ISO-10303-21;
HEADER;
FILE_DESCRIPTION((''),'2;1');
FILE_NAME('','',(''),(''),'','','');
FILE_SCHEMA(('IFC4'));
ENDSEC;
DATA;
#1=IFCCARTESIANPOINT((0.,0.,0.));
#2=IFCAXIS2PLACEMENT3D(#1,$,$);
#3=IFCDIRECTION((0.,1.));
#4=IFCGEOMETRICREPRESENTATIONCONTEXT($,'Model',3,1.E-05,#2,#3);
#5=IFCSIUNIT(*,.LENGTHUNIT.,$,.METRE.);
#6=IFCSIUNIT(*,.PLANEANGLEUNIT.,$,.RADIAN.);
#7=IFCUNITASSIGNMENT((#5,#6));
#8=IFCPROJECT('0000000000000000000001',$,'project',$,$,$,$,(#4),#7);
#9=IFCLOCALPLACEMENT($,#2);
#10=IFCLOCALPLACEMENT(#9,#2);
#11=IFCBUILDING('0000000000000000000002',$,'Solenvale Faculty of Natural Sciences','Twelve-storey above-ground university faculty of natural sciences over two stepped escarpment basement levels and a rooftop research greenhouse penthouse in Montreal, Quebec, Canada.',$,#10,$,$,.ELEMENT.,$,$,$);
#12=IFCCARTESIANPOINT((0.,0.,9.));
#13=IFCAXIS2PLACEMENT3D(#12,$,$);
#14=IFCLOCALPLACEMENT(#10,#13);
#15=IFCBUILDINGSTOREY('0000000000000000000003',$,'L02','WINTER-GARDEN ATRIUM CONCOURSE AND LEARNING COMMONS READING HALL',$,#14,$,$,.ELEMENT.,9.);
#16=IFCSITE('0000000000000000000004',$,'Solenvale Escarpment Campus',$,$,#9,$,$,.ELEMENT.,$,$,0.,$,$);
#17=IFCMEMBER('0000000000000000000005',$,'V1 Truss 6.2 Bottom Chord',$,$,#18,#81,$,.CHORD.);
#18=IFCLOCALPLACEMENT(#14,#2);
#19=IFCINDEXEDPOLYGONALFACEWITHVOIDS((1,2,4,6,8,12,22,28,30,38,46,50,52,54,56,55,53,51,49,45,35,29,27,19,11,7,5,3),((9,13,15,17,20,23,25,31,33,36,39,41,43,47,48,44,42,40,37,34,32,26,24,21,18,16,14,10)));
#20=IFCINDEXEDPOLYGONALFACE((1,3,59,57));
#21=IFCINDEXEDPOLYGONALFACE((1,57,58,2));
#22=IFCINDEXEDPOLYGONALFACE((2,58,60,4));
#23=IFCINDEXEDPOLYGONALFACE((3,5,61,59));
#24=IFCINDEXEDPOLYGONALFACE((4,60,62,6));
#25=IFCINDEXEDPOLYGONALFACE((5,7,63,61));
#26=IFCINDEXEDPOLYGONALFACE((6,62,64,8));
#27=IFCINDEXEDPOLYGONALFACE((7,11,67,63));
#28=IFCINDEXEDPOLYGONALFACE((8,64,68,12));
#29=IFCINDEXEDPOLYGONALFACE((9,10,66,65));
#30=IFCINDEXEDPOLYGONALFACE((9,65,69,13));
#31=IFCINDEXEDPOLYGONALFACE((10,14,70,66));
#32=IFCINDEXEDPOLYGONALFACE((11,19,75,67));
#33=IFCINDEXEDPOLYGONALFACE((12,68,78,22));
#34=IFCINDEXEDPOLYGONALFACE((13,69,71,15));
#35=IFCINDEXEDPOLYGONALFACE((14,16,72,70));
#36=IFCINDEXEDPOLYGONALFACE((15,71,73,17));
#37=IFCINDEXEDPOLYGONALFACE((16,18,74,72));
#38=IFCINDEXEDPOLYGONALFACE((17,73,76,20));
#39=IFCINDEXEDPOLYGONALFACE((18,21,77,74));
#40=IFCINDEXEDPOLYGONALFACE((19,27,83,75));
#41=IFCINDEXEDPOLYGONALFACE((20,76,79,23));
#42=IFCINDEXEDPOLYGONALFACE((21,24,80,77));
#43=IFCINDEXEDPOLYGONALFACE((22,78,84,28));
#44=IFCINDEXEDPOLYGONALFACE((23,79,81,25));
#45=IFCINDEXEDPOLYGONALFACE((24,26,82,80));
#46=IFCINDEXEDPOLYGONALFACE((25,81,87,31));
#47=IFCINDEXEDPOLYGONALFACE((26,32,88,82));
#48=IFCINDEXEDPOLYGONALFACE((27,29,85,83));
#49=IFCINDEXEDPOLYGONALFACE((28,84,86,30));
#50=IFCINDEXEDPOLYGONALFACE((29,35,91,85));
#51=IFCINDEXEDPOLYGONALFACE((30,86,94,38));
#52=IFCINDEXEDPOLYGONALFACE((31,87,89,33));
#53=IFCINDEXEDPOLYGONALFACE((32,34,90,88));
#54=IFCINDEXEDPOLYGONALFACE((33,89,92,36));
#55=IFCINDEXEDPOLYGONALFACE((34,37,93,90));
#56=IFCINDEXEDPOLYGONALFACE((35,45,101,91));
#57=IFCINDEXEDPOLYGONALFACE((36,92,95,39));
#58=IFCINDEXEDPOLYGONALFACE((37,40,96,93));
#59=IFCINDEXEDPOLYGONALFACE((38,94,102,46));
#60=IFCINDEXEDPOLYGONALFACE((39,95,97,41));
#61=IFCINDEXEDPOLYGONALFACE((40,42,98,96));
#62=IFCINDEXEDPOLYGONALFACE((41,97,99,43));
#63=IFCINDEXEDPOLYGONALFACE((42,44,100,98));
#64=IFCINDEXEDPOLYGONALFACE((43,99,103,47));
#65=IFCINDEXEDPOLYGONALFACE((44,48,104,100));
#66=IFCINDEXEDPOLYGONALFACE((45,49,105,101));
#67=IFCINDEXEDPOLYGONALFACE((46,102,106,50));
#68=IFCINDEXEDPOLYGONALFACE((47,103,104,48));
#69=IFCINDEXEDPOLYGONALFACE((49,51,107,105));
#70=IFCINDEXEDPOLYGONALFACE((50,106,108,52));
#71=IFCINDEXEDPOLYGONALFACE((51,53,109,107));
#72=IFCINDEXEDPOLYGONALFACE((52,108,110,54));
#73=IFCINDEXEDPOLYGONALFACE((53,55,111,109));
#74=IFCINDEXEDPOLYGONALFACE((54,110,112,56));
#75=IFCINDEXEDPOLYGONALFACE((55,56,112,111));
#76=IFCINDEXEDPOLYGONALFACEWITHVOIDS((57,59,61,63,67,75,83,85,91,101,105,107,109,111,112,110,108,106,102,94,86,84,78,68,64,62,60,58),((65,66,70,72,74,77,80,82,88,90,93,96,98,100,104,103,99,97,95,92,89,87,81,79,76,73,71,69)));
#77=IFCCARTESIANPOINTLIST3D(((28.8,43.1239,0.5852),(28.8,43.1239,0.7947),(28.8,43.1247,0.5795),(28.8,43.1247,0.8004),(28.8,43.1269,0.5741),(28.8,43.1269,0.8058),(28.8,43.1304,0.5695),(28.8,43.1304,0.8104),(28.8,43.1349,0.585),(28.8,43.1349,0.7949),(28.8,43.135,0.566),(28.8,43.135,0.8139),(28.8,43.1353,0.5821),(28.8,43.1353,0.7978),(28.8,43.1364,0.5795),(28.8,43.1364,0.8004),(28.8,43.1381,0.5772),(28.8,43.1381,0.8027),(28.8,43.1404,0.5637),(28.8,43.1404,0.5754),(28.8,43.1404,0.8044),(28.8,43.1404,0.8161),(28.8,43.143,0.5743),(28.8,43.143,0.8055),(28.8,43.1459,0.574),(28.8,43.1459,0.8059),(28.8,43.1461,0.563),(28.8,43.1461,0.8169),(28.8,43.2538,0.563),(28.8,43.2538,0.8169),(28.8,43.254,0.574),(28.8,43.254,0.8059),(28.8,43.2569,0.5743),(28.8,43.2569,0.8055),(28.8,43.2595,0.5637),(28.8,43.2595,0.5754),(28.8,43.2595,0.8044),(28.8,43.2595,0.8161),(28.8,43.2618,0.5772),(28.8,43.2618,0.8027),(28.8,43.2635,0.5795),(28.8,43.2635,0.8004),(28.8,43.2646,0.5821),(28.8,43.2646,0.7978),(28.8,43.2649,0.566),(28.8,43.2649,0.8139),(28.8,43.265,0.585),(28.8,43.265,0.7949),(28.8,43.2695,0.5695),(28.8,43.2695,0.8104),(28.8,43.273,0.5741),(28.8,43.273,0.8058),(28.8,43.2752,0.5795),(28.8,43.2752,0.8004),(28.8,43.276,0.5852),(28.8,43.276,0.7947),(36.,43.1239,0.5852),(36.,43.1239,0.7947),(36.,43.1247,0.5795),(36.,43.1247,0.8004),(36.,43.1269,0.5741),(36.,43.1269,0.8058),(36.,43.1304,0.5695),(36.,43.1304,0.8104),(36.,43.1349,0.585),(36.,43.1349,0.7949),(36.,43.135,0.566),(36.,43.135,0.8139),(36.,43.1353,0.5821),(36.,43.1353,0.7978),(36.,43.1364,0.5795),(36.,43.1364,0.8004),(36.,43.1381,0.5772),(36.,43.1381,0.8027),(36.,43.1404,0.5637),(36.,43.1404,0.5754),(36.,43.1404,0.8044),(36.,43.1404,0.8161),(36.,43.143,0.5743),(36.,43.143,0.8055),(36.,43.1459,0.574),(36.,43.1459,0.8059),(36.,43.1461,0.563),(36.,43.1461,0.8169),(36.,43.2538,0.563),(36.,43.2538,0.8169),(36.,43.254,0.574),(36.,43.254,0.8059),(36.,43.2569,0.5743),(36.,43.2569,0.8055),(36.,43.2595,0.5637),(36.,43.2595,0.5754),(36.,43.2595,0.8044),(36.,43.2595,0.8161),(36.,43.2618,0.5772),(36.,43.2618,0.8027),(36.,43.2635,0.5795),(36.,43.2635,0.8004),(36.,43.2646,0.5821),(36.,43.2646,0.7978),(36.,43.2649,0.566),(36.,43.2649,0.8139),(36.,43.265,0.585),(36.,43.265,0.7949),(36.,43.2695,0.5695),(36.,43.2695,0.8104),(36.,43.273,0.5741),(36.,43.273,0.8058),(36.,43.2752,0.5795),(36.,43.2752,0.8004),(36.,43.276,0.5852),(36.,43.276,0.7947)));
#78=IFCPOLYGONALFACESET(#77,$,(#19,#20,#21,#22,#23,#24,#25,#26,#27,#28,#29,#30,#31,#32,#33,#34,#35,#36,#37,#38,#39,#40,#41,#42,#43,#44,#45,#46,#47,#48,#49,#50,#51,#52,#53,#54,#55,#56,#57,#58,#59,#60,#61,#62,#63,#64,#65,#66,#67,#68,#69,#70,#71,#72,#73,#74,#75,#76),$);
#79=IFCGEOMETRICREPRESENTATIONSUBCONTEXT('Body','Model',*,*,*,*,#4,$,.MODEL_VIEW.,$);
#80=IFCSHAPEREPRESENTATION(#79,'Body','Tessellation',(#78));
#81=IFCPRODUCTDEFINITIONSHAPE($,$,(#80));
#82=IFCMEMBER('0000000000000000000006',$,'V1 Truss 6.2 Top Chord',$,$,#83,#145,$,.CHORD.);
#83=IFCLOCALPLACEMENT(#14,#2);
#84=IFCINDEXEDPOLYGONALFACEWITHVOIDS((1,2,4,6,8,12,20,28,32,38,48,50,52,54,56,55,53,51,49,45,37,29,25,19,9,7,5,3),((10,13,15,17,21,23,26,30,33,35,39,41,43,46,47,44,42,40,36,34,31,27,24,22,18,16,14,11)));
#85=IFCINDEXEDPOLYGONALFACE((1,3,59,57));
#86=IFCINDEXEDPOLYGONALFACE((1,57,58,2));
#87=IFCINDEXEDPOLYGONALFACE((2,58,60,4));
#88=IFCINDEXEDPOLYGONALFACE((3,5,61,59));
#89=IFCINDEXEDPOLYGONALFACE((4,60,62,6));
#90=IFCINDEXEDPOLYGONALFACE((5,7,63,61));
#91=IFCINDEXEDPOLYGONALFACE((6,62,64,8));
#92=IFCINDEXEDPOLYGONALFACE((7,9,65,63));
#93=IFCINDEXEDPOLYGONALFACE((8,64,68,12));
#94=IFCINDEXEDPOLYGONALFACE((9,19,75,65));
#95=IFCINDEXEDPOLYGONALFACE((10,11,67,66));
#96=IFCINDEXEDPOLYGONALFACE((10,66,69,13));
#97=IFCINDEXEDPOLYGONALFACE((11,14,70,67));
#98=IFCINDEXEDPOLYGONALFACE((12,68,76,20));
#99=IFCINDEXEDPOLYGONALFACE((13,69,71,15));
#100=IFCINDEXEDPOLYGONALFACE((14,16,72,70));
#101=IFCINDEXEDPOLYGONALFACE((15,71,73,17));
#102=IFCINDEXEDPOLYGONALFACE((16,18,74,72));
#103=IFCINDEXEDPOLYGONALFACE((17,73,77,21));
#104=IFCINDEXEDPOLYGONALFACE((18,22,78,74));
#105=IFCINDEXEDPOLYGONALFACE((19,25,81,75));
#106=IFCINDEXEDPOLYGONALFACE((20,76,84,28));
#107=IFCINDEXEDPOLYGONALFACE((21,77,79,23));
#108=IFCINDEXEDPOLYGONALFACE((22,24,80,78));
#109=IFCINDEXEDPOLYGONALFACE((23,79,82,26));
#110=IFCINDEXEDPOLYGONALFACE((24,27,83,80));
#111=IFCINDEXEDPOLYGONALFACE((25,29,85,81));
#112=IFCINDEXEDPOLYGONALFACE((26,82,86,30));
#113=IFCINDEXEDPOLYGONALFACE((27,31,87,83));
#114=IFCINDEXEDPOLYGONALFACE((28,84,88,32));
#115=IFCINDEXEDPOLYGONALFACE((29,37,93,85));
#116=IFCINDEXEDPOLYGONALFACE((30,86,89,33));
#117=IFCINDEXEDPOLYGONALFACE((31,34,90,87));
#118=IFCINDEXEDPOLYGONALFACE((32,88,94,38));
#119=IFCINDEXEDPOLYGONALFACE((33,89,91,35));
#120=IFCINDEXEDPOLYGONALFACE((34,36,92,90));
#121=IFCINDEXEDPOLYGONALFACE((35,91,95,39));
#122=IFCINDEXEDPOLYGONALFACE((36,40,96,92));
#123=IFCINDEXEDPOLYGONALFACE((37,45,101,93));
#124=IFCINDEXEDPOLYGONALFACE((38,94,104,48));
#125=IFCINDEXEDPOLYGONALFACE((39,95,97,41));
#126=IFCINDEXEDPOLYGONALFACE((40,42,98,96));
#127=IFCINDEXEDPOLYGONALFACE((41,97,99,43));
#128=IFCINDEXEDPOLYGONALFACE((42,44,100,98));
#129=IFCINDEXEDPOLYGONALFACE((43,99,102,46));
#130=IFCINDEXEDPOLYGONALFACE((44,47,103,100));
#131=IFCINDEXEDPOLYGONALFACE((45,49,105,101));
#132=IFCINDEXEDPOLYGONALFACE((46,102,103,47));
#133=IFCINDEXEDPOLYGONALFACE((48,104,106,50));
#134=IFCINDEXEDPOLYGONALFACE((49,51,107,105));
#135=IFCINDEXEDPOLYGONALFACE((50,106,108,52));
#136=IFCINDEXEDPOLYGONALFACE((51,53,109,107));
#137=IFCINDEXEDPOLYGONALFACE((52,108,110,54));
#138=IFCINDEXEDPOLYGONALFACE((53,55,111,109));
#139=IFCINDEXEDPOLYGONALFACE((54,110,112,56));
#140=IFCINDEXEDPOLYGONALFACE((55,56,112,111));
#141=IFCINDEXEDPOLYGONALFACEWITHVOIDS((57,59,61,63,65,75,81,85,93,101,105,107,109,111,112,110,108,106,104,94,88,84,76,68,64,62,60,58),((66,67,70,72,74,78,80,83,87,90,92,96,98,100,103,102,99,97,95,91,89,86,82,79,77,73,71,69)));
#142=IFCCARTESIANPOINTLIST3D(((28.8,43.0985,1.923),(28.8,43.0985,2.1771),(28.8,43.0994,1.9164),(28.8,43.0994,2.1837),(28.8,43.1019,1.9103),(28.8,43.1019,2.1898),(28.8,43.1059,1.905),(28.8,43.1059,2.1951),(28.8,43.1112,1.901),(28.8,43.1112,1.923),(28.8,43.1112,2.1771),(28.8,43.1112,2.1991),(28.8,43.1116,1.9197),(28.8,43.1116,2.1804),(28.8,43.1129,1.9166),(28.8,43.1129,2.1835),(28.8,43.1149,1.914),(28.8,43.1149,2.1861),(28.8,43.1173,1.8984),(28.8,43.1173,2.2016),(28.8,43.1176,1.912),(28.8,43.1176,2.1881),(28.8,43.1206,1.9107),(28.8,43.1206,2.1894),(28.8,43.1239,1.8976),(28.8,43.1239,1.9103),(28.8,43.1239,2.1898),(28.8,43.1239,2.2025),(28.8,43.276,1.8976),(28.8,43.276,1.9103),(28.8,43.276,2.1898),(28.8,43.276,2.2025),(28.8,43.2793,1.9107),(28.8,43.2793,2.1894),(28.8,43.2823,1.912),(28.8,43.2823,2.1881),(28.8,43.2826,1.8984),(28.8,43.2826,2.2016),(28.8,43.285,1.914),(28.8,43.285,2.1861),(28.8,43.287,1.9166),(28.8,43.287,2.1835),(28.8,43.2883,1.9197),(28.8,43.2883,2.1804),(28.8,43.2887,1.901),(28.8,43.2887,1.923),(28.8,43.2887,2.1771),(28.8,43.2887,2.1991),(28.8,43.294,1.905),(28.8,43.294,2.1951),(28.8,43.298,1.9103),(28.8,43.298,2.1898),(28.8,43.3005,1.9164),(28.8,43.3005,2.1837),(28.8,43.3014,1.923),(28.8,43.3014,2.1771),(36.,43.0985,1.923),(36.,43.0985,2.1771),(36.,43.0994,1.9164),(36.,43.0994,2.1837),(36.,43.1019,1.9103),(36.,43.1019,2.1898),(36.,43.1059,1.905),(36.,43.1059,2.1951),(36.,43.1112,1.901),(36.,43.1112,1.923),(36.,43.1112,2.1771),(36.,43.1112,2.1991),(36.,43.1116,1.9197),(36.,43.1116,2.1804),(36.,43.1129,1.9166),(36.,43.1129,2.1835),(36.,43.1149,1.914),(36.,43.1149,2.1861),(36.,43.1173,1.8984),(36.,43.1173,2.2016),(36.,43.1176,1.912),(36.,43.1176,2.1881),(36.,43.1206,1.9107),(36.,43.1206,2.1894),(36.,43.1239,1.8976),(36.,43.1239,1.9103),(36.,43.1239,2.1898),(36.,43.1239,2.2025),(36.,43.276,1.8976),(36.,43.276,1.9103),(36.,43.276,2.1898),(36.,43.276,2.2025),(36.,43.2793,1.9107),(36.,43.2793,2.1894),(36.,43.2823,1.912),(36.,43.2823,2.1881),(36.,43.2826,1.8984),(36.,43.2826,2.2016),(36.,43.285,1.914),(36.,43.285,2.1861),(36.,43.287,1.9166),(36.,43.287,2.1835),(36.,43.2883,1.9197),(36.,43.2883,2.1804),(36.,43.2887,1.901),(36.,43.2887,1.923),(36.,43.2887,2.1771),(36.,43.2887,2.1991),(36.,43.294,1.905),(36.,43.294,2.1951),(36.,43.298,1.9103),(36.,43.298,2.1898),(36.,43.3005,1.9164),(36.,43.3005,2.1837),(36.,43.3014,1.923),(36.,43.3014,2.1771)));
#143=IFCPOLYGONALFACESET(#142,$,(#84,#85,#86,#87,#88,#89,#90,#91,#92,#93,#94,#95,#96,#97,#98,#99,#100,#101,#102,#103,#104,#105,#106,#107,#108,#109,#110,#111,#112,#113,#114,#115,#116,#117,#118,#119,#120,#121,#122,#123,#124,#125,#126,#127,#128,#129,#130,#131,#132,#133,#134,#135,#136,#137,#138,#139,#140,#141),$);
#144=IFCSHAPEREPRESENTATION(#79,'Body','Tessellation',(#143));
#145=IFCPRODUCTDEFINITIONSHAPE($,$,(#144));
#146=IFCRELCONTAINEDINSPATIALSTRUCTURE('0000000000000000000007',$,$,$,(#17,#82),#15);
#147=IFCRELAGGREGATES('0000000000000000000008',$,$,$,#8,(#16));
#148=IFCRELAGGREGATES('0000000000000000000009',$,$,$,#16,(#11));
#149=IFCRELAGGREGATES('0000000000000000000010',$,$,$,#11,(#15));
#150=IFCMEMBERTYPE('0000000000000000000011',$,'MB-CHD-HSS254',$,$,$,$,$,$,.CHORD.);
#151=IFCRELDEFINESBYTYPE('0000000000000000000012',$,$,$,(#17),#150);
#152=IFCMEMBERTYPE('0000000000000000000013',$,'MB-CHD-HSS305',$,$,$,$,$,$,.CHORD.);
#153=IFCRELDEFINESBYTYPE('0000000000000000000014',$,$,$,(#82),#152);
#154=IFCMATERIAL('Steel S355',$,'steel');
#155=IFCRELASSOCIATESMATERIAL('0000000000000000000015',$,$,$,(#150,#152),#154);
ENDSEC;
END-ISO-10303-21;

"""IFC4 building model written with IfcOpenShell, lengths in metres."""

from ifc_helpers import new_model, si_unit, direction, frame, origin, origin_2d, place, context, subcontext, project, spatial, hollow_rectangle, extrude, material, material_profile, profile_set, type_object, element, save


model = new_model("IFC4")

# Units and contexts
model_context = context("Model", 3, precision=1e-05, world=origin(), true_north=direction((0.0, 1.0)))
body_context = subcontext(model_context, "Body", "Model", "MODEL_VIEW")
ifc_project = project(units=[si_unit("LENGTHUNIT", "METRE"), si_unit("PLANEANGLEUNIT", "RADIAN")], contexts=[model_context])

# Site, building, storey
site_placement = place(None, origin())
site = spatial("IfcSite", under=ifc_project, at=site_placement, Name="Solenvale Escarpment Campus", CompositionType="ELEMENT", RefElevation=0.0)
building_placement = place(site_placement, origin())
building = spatial("IfcBuilding", under=site, at=building_placement, Name="Solenvale Faculty of Natural Sciences", Description="Twelve-storey above-ground university faculty of natural sciences over two stepped escarpment basement levels and a rooftop research greenhouse penthouse in Montreal, Quebec, Canada.", CompositionType="ELEMENT")
storey_placement = place(building_placement, frame((0.0, 0.0, 9.0)))
storey = spatial("IfcBuildingStorey", under=building, at=storey_placement, Name="L02", Description="WINTER-GARDEN ATRIUM CONCOURSE AND LEARNING COMMONS READING HALL", CompositionType="ELEMENT", Elevation=9.0)

# Shared definitions
ifc_material_1 = material(Name="Steel S355", Category="steel")

# Members
ifc_material_profile_1 = material_profile(ifc_material_1, hollow_rectangle(XDim=0.1521, YDim=0.2539, WallThickness=0.011, InnerFilletRadius=0.011, OuterFilletRadius=0.0222, at=origin_2d()), Name="HSS254x152x11")
ifc_profile_set_1 = profile_set([ifc_material_profile_1], Name="Steel S355")
member_type_1 = type_object("IfcMemberType", Name="MB-CHD-HSS254", PredefinedType="CHORD", material=ifc_profile_set_1)
member_1_placement = place(storey_placement, frame((28.8, 43.2, 0.6899), z_axis=(1.0, 0.0, 0.0), x_axis=(0.0, 1.0, 0.0)))
element("IfcMember", 1, at=member_1_placement, inside=storey, type_object=member_type_1, Name="V1 Truss 6.2 Bottom Chord", PredefinedType="CHORD", context=body_context, shape_type="SweptSolid", body=[
    extrude(hollow_rectangle(XDim=0.1521, YDim=0.2539, WallThickness=0.011, InnerFilletRadius=0.011, OuterFilletRadius=0.0222, at=origin_2d()), origin(), (0.0, 0.0, 1.0), 7.2),
])
ifc_material_profile_2 = material_profile(ifc_material_1, hollow_rectangle(XDim=0.2029, YDim=0.3049, WallThickness=0.0127, InnerFilletRadius=0.0127, OuterFilletRadius=0.0254, at=origin_2d()), Name="HSS305x203x13")
ifc_profile_set_2 = profile_set([ifc_material_profile_2], Name="Steel S355")
member_type_2 = type_object("IfcMemberType", Name="MB-CHD-HSS305", PredefinedType="CHORD", material=ifc_profile_set_2)
member_2_placement = place(storey_placement, frame((28.8, 43.2, 2.05), z_axis=(1.0, 0.0, 0.0), x_axis=(0.0, 1.0, 0.0)))
element("IfcMember", 2, at=member_2_placement, inside=storey, type_object=member_type_2, Name="V1 Truss 6.2 Top Chord", PredefinedType="CHORD", context=body_context, shape_type="SweptSolid", body=[
    extrude(hollow_rectangle(XDim=0.2029, YDim=0.3049, WallThickness=0.0127, InnerFilletRadius=0.0127, OuterFilletRadius=0.0254, at=origin_2d()), origin(), (0.0, 0.0, 1.0), 7.2),
])

save(model, "model.ifc")
